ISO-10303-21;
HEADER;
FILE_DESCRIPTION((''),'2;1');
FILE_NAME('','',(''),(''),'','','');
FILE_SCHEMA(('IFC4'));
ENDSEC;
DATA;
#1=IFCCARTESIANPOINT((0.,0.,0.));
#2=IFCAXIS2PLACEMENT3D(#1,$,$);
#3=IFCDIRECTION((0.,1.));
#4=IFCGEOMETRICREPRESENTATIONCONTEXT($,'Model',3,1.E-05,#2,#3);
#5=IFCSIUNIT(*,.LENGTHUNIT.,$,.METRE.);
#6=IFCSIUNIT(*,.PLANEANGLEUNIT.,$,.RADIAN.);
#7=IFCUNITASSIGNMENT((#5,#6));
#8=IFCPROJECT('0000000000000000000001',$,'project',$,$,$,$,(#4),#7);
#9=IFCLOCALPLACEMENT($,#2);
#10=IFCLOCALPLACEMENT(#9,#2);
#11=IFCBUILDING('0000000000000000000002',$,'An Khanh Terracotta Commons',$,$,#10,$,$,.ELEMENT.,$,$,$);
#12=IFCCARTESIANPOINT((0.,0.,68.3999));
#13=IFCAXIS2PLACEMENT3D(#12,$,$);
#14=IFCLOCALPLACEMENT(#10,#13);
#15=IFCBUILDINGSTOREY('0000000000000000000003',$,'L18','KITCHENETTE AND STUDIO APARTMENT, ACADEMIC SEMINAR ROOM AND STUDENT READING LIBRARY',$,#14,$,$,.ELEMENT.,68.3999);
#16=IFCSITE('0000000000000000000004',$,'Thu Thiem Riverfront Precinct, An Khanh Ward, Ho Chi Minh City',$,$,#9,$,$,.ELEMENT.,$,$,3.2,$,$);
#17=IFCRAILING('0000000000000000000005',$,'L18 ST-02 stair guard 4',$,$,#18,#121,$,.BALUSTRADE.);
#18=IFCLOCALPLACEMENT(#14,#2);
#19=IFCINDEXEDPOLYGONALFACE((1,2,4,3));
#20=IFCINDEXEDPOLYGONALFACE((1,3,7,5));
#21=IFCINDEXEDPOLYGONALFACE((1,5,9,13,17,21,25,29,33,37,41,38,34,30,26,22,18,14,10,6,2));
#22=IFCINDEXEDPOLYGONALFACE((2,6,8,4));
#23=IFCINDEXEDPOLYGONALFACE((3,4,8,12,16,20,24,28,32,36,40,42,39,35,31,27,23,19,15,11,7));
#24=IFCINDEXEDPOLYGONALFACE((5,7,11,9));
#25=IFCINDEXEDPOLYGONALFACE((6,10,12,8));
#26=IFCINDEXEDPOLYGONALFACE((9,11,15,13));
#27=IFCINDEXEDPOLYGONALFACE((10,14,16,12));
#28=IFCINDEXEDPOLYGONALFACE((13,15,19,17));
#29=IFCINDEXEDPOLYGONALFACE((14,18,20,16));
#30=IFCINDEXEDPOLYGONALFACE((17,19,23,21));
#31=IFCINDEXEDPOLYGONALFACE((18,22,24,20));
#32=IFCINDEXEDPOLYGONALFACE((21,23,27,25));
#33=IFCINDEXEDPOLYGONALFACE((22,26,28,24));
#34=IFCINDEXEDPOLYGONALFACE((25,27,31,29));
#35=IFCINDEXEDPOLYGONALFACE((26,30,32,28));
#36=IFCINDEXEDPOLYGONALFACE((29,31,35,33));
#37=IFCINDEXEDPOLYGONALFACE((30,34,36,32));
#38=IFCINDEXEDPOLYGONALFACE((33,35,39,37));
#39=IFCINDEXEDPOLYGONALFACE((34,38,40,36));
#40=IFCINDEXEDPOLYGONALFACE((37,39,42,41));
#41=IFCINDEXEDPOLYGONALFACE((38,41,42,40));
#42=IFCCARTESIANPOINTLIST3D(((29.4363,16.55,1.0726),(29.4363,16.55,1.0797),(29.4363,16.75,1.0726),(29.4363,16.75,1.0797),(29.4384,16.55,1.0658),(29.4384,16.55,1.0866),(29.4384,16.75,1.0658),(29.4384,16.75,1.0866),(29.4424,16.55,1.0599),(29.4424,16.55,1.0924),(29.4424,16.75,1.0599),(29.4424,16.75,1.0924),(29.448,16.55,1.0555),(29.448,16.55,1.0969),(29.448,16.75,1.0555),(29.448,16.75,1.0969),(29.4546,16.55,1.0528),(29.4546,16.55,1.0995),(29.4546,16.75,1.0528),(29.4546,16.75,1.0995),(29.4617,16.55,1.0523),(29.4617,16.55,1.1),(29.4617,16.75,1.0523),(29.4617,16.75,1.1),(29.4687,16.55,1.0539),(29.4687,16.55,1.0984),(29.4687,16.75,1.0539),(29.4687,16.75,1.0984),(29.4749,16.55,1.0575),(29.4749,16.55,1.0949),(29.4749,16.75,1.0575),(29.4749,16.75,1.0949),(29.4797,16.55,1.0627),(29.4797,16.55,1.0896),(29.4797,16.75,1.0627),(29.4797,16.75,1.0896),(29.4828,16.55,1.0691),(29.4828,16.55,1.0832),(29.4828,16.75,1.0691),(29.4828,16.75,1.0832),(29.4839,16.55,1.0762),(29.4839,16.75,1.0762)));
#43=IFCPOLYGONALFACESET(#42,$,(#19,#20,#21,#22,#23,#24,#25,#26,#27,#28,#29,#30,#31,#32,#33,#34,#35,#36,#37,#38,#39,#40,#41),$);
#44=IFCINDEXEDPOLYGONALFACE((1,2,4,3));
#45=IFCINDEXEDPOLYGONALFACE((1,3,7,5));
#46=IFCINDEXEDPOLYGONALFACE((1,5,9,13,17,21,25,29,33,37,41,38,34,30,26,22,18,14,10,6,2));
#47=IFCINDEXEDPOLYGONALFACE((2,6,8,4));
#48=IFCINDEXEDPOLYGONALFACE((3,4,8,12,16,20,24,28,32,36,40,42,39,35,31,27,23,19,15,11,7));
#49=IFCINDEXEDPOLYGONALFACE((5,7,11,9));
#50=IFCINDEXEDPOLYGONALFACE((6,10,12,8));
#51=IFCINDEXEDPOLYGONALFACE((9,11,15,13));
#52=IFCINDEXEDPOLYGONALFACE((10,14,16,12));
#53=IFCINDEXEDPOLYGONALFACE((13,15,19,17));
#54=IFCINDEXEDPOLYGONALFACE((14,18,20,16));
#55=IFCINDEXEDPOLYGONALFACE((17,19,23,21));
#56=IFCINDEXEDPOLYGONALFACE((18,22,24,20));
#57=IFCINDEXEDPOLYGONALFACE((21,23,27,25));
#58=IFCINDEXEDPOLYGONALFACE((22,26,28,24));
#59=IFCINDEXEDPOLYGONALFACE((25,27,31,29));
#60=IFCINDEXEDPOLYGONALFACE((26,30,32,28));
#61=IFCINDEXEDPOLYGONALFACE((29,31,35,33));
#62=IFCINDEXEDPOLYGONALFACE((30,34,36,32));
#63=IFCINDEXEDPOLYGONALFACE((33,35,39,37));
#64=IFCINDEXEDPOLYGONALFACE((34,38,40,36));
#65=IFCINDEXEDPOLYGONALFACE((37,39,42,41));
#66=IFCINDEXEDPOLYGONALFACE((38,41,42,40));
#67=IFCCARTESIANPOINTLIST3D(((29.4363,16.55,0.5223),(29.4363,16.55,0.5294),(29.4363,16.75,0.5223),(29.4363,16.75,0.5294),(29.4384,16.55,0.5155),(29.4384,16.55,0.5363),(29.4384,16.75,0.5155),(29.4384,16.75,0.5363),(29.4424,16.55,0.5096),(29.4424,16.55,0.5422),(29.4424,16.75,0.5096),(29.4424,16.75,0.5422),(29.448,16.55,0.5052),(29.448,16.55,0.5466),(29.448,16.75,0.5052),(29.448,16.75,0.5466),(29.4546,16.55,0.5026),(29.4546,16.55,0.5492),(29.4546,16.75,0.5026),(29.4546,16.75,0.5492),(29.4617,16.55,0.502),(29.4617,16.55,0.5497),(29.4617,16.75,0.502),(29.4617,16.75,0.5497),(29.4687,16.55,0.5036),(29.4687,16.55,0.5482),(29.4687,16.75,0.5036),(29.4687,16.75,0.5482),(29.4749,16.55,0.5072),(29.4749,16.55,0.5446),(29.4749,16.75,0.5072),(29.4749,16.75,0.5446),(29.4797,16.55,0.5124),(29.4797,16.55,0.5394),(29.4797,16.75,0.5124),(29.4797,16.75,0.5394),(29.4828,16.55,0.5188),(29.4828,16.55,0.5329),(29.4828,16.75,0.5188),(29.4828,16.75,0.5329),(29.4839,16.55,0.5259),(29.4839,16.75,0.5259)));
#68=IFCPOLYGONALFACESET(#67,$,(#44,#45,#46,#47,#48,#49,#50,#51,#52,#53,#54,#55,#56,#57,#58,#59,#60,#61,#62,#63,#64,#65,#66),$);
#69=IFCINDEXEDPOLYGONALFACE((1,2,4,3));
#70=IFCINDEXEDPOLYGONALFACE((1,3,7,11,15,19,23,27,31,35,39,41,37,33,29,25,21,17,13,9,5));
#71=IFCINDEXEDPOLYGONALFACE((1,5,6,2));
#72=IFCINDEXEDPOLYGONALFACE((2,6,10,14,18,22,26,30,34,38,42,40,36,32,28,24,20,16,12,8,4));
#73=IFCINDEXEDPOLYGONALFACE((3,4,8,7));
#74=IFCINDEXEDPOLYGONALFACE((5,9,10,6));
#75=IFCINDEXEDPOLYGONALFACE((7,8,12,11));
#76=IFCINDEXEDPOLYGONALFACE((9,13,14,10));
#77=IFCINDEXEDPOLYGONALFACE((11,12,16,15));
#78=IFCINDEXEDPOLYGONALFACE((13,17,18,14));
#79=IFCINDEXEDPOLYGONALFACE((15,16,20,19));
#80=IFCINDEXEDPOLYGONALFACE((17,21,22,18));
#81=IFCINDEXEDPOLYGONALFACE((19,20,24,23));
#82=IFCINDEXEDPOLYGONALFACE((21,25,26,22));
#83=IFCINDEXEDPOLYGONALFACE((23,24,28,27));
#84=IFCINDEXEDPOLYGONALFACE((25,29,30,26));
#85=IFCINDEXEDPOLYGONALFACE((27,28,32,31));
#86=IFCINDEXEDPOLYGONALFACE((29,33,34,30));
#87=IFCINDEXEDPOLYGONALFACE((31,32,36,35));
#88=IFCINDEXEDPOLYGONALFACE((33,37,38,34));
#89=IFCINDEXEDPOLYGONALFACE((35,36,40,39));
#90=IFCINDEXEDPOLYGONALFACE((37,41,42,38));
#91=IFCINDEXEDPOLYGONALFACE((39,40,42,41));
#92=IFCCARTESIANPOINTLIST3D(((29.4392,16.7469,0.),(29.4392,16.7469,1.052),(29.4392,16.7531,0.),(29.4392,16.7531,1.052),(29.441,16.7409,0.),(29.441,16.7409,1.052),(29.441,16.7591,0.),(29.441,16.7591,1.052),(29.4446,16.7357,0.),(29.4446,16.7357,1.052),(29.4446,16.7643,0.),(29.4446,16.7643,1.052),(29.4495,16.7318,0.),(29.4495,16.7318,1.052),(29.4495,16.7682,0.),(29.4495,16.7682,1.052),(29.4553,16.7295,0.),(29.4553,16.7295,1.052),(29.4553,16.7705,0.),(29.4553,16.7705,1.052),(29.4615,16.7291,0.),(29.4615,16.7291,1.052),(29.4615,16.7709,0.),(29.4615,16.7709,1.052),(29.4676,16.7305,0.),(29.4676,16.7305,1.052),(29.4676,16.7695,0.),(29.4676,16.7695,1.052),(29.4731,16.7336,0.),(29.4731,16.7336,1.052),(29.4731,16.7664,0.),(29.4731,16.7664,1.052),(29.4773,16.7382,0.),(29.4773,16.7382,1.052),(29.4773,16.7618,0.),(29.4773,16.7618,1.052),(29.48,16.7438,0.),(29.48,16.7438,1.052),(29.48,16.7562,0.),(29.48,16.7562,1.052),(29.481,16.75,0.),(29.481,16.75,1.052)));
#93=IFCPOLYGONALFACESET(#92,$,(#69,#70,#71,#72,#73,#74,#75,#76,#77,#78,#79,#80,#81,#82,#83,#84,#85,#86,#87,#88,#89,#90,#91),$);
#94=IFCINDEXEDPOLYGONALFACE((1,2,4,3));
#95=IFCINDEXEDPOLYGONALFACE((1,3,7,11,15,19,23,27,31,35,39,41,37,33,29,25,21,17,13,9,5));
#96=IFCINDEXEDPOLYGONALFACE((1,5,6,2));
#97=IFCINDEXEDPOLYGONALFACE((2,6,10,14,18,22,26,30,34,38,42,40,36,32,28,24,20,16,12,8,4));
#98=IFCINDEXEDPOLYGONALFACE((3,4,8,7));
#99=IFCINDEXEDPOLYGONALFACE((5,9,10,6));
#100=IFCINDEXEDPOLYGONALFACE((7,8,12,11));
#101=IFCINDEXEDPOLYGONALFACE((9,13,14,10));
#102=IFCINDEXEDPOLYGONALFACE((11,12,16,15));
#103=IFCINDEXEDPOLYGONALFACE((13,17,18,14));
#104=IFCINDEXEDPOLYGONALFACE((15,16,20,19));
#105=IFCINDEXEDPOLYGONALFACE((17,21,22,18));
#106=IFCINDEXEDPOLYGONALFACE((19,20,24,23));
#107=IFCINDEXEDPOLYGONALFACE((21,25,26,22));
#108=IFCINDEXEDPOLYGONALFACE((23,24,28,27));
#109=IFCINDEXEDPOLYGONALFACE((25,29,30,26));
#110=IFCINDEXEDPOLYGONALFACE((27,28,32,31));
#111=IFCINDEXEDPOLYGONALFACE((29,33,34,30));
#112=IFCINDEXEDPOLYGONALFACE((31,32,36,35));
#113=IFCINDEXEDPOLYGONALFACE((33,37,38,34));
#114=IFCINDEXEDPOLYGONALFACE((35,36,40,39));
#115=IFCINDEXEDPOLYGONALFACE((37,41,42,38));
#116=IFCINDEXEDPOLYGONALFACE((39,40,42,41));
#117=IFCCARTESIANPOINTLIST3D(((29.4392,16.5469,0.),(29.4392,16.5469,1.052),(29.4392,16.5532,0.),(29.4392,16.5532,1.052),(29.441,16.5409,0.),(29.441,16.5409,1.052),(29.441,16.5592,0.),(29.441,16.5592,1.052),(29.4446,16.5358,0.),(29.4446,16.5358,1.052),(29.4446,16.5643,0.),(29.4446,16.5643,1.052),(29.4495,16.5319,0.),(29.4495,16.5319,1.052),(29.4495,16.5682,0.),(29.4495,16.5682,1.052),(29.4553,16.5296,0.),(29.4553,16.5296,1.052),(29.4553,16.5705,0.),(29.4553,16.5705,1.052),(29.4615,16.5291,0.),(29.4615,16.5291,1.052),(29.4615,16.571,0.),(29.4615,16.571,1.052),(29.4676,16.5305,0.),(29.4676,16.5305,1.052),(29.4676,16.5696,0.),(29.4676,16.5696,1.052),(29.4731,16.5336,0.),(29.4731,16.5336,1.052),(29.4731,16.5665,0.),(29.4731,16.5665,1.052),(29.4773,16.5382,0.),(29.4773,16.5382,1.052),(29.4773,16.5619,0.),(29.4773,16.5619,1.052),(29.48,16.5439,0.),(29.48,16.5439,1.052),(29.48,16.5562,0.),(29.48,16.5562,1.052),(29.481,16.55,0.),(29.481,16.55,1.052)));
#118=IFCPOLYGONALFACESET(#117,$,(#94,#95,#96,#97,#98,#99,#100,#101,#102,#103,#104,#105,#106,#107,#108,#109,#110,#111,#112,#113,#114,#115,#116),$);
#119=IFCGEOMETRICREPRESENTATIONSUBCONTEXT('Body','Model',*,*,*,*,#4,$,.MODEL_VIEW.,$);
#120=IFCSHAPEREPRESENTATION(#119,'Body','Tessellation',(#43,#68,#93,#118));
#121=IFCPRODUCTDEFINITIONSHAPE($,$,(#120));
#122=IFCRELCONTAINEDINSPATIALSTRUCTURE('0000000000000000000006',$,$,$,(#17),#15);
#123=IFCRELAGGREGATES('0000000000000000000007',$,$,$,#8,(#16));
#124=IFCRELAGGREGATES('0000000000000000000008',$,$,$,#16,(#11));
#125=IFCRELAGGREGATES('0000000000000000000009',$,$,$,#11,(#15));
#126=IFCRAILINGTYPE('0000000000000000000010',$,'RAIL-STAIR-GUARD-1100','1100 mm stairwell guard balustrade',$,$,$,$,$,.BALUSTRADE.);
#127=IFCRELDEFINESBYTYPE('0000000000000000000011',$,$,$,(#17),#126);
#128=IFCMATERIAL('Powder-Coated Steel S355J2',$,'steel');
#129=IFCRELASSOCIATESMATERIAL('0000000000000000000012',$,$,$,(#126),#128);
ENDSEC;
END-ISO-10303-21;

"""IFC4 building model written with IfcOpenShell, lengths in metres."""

from ifc_helpers import new_model, si_unit, direction, frame, origin, origin_2d, place, context, subcontext, project, spatial, circle, extrude, material, type_object, element, save


model = new_model("IFC4")

# Units and contexts
model_context = context("Model", 3, precision=1e-05, world=origin(), true_north=direction((0.0, 1.0)))
body_context = subcontext(model_context, "Body", "Model", "MODEL_VIEW")
ifc_project = project(units=[si_unit("LENGTHUNIT", "METRE"), si_unit("PLANEANGLEUNIT", "RADIAN")], contexts=[model_context])

# Site, building, storey
site_placement = place(None, origin())
site = spatial("IfcSite", under=ifc_project, at=site_placement, Name="Thu Thiem Riverfront Precinct, An Khanh Ward, Ho Chi Minh City", CompositionType="ELEMENT", RefElevation=3.2)
building_placement = place(site_placement, origin())
building = spatial("IfcBuilding", under=site, at=building_placement, Name="An Khanh Terracotta Commons", CompositionType="ELEMENT")
storey_placement = place(building_placement, frame((0.0, 0.0, 68.3999)))
storey = spatial("IfcBuildingStorey", under=building, at=storey_placement, Name="L18", Description="KITCHENETTE AND STUDIO APARTMENT, ACADEMIC SEMINAR ROOM AND STUDENT READING LIBRARY", CompositionType="ELEMENT", Elevation=68.3999)

# Railing
ifc_material_1 = material(Name="Powder-Coated Steel S355J2", Category="steel")
railing_type_1 = type_object("IfcRailingType", Name="RAIL-STAIR-GUARD-1100", Description="1100 mm stairwell guard balustrade", PredefinedType="BALUSTRADE", material=ifc_material_1)
railing_1_placement = place(storey_placement, frame((29.46, 16.75, 0.0)))
element("IfcRailing", 1, at=railing_1_placement, inside=storey, type_object=railing_type_1, Name="L18 ST-02 stair guard 4", PredefinedType="BALUSTRADE", context=body_context, shape_type="SweptSolid", body=[
    extrude(circle(Radius=0.0239, at=origin_2d()), frame((0.0, 0.0, 1.0762), z_axis=(0.0, -1.0, 0.0), x_axis=(1.0, 0.0, 0.0)), (0.0, 0.0, 1.0), 0.2),
    extrude(circle(Radius=0.0239, at=origin_2d()), frame((0.0, 0.0, 0.5259), z_axis=(0.0, -1.0, 0.0), x_axis=(1.0, 0.0, 0.0)), (0.0, 0.0, 1.0), 0.2),
    extrude(circle(Radius=0.021, at=origin_2d()), origin(), (0.0, 0.0, 1.0), 1.052),
    extrude(circle(Radius=0.021, at=origin_2d()), frame((0.0, -0.2, 0.0)), (0.0, 0.0, 1.0), 1.052),
])

save(model, "model.ifc")
